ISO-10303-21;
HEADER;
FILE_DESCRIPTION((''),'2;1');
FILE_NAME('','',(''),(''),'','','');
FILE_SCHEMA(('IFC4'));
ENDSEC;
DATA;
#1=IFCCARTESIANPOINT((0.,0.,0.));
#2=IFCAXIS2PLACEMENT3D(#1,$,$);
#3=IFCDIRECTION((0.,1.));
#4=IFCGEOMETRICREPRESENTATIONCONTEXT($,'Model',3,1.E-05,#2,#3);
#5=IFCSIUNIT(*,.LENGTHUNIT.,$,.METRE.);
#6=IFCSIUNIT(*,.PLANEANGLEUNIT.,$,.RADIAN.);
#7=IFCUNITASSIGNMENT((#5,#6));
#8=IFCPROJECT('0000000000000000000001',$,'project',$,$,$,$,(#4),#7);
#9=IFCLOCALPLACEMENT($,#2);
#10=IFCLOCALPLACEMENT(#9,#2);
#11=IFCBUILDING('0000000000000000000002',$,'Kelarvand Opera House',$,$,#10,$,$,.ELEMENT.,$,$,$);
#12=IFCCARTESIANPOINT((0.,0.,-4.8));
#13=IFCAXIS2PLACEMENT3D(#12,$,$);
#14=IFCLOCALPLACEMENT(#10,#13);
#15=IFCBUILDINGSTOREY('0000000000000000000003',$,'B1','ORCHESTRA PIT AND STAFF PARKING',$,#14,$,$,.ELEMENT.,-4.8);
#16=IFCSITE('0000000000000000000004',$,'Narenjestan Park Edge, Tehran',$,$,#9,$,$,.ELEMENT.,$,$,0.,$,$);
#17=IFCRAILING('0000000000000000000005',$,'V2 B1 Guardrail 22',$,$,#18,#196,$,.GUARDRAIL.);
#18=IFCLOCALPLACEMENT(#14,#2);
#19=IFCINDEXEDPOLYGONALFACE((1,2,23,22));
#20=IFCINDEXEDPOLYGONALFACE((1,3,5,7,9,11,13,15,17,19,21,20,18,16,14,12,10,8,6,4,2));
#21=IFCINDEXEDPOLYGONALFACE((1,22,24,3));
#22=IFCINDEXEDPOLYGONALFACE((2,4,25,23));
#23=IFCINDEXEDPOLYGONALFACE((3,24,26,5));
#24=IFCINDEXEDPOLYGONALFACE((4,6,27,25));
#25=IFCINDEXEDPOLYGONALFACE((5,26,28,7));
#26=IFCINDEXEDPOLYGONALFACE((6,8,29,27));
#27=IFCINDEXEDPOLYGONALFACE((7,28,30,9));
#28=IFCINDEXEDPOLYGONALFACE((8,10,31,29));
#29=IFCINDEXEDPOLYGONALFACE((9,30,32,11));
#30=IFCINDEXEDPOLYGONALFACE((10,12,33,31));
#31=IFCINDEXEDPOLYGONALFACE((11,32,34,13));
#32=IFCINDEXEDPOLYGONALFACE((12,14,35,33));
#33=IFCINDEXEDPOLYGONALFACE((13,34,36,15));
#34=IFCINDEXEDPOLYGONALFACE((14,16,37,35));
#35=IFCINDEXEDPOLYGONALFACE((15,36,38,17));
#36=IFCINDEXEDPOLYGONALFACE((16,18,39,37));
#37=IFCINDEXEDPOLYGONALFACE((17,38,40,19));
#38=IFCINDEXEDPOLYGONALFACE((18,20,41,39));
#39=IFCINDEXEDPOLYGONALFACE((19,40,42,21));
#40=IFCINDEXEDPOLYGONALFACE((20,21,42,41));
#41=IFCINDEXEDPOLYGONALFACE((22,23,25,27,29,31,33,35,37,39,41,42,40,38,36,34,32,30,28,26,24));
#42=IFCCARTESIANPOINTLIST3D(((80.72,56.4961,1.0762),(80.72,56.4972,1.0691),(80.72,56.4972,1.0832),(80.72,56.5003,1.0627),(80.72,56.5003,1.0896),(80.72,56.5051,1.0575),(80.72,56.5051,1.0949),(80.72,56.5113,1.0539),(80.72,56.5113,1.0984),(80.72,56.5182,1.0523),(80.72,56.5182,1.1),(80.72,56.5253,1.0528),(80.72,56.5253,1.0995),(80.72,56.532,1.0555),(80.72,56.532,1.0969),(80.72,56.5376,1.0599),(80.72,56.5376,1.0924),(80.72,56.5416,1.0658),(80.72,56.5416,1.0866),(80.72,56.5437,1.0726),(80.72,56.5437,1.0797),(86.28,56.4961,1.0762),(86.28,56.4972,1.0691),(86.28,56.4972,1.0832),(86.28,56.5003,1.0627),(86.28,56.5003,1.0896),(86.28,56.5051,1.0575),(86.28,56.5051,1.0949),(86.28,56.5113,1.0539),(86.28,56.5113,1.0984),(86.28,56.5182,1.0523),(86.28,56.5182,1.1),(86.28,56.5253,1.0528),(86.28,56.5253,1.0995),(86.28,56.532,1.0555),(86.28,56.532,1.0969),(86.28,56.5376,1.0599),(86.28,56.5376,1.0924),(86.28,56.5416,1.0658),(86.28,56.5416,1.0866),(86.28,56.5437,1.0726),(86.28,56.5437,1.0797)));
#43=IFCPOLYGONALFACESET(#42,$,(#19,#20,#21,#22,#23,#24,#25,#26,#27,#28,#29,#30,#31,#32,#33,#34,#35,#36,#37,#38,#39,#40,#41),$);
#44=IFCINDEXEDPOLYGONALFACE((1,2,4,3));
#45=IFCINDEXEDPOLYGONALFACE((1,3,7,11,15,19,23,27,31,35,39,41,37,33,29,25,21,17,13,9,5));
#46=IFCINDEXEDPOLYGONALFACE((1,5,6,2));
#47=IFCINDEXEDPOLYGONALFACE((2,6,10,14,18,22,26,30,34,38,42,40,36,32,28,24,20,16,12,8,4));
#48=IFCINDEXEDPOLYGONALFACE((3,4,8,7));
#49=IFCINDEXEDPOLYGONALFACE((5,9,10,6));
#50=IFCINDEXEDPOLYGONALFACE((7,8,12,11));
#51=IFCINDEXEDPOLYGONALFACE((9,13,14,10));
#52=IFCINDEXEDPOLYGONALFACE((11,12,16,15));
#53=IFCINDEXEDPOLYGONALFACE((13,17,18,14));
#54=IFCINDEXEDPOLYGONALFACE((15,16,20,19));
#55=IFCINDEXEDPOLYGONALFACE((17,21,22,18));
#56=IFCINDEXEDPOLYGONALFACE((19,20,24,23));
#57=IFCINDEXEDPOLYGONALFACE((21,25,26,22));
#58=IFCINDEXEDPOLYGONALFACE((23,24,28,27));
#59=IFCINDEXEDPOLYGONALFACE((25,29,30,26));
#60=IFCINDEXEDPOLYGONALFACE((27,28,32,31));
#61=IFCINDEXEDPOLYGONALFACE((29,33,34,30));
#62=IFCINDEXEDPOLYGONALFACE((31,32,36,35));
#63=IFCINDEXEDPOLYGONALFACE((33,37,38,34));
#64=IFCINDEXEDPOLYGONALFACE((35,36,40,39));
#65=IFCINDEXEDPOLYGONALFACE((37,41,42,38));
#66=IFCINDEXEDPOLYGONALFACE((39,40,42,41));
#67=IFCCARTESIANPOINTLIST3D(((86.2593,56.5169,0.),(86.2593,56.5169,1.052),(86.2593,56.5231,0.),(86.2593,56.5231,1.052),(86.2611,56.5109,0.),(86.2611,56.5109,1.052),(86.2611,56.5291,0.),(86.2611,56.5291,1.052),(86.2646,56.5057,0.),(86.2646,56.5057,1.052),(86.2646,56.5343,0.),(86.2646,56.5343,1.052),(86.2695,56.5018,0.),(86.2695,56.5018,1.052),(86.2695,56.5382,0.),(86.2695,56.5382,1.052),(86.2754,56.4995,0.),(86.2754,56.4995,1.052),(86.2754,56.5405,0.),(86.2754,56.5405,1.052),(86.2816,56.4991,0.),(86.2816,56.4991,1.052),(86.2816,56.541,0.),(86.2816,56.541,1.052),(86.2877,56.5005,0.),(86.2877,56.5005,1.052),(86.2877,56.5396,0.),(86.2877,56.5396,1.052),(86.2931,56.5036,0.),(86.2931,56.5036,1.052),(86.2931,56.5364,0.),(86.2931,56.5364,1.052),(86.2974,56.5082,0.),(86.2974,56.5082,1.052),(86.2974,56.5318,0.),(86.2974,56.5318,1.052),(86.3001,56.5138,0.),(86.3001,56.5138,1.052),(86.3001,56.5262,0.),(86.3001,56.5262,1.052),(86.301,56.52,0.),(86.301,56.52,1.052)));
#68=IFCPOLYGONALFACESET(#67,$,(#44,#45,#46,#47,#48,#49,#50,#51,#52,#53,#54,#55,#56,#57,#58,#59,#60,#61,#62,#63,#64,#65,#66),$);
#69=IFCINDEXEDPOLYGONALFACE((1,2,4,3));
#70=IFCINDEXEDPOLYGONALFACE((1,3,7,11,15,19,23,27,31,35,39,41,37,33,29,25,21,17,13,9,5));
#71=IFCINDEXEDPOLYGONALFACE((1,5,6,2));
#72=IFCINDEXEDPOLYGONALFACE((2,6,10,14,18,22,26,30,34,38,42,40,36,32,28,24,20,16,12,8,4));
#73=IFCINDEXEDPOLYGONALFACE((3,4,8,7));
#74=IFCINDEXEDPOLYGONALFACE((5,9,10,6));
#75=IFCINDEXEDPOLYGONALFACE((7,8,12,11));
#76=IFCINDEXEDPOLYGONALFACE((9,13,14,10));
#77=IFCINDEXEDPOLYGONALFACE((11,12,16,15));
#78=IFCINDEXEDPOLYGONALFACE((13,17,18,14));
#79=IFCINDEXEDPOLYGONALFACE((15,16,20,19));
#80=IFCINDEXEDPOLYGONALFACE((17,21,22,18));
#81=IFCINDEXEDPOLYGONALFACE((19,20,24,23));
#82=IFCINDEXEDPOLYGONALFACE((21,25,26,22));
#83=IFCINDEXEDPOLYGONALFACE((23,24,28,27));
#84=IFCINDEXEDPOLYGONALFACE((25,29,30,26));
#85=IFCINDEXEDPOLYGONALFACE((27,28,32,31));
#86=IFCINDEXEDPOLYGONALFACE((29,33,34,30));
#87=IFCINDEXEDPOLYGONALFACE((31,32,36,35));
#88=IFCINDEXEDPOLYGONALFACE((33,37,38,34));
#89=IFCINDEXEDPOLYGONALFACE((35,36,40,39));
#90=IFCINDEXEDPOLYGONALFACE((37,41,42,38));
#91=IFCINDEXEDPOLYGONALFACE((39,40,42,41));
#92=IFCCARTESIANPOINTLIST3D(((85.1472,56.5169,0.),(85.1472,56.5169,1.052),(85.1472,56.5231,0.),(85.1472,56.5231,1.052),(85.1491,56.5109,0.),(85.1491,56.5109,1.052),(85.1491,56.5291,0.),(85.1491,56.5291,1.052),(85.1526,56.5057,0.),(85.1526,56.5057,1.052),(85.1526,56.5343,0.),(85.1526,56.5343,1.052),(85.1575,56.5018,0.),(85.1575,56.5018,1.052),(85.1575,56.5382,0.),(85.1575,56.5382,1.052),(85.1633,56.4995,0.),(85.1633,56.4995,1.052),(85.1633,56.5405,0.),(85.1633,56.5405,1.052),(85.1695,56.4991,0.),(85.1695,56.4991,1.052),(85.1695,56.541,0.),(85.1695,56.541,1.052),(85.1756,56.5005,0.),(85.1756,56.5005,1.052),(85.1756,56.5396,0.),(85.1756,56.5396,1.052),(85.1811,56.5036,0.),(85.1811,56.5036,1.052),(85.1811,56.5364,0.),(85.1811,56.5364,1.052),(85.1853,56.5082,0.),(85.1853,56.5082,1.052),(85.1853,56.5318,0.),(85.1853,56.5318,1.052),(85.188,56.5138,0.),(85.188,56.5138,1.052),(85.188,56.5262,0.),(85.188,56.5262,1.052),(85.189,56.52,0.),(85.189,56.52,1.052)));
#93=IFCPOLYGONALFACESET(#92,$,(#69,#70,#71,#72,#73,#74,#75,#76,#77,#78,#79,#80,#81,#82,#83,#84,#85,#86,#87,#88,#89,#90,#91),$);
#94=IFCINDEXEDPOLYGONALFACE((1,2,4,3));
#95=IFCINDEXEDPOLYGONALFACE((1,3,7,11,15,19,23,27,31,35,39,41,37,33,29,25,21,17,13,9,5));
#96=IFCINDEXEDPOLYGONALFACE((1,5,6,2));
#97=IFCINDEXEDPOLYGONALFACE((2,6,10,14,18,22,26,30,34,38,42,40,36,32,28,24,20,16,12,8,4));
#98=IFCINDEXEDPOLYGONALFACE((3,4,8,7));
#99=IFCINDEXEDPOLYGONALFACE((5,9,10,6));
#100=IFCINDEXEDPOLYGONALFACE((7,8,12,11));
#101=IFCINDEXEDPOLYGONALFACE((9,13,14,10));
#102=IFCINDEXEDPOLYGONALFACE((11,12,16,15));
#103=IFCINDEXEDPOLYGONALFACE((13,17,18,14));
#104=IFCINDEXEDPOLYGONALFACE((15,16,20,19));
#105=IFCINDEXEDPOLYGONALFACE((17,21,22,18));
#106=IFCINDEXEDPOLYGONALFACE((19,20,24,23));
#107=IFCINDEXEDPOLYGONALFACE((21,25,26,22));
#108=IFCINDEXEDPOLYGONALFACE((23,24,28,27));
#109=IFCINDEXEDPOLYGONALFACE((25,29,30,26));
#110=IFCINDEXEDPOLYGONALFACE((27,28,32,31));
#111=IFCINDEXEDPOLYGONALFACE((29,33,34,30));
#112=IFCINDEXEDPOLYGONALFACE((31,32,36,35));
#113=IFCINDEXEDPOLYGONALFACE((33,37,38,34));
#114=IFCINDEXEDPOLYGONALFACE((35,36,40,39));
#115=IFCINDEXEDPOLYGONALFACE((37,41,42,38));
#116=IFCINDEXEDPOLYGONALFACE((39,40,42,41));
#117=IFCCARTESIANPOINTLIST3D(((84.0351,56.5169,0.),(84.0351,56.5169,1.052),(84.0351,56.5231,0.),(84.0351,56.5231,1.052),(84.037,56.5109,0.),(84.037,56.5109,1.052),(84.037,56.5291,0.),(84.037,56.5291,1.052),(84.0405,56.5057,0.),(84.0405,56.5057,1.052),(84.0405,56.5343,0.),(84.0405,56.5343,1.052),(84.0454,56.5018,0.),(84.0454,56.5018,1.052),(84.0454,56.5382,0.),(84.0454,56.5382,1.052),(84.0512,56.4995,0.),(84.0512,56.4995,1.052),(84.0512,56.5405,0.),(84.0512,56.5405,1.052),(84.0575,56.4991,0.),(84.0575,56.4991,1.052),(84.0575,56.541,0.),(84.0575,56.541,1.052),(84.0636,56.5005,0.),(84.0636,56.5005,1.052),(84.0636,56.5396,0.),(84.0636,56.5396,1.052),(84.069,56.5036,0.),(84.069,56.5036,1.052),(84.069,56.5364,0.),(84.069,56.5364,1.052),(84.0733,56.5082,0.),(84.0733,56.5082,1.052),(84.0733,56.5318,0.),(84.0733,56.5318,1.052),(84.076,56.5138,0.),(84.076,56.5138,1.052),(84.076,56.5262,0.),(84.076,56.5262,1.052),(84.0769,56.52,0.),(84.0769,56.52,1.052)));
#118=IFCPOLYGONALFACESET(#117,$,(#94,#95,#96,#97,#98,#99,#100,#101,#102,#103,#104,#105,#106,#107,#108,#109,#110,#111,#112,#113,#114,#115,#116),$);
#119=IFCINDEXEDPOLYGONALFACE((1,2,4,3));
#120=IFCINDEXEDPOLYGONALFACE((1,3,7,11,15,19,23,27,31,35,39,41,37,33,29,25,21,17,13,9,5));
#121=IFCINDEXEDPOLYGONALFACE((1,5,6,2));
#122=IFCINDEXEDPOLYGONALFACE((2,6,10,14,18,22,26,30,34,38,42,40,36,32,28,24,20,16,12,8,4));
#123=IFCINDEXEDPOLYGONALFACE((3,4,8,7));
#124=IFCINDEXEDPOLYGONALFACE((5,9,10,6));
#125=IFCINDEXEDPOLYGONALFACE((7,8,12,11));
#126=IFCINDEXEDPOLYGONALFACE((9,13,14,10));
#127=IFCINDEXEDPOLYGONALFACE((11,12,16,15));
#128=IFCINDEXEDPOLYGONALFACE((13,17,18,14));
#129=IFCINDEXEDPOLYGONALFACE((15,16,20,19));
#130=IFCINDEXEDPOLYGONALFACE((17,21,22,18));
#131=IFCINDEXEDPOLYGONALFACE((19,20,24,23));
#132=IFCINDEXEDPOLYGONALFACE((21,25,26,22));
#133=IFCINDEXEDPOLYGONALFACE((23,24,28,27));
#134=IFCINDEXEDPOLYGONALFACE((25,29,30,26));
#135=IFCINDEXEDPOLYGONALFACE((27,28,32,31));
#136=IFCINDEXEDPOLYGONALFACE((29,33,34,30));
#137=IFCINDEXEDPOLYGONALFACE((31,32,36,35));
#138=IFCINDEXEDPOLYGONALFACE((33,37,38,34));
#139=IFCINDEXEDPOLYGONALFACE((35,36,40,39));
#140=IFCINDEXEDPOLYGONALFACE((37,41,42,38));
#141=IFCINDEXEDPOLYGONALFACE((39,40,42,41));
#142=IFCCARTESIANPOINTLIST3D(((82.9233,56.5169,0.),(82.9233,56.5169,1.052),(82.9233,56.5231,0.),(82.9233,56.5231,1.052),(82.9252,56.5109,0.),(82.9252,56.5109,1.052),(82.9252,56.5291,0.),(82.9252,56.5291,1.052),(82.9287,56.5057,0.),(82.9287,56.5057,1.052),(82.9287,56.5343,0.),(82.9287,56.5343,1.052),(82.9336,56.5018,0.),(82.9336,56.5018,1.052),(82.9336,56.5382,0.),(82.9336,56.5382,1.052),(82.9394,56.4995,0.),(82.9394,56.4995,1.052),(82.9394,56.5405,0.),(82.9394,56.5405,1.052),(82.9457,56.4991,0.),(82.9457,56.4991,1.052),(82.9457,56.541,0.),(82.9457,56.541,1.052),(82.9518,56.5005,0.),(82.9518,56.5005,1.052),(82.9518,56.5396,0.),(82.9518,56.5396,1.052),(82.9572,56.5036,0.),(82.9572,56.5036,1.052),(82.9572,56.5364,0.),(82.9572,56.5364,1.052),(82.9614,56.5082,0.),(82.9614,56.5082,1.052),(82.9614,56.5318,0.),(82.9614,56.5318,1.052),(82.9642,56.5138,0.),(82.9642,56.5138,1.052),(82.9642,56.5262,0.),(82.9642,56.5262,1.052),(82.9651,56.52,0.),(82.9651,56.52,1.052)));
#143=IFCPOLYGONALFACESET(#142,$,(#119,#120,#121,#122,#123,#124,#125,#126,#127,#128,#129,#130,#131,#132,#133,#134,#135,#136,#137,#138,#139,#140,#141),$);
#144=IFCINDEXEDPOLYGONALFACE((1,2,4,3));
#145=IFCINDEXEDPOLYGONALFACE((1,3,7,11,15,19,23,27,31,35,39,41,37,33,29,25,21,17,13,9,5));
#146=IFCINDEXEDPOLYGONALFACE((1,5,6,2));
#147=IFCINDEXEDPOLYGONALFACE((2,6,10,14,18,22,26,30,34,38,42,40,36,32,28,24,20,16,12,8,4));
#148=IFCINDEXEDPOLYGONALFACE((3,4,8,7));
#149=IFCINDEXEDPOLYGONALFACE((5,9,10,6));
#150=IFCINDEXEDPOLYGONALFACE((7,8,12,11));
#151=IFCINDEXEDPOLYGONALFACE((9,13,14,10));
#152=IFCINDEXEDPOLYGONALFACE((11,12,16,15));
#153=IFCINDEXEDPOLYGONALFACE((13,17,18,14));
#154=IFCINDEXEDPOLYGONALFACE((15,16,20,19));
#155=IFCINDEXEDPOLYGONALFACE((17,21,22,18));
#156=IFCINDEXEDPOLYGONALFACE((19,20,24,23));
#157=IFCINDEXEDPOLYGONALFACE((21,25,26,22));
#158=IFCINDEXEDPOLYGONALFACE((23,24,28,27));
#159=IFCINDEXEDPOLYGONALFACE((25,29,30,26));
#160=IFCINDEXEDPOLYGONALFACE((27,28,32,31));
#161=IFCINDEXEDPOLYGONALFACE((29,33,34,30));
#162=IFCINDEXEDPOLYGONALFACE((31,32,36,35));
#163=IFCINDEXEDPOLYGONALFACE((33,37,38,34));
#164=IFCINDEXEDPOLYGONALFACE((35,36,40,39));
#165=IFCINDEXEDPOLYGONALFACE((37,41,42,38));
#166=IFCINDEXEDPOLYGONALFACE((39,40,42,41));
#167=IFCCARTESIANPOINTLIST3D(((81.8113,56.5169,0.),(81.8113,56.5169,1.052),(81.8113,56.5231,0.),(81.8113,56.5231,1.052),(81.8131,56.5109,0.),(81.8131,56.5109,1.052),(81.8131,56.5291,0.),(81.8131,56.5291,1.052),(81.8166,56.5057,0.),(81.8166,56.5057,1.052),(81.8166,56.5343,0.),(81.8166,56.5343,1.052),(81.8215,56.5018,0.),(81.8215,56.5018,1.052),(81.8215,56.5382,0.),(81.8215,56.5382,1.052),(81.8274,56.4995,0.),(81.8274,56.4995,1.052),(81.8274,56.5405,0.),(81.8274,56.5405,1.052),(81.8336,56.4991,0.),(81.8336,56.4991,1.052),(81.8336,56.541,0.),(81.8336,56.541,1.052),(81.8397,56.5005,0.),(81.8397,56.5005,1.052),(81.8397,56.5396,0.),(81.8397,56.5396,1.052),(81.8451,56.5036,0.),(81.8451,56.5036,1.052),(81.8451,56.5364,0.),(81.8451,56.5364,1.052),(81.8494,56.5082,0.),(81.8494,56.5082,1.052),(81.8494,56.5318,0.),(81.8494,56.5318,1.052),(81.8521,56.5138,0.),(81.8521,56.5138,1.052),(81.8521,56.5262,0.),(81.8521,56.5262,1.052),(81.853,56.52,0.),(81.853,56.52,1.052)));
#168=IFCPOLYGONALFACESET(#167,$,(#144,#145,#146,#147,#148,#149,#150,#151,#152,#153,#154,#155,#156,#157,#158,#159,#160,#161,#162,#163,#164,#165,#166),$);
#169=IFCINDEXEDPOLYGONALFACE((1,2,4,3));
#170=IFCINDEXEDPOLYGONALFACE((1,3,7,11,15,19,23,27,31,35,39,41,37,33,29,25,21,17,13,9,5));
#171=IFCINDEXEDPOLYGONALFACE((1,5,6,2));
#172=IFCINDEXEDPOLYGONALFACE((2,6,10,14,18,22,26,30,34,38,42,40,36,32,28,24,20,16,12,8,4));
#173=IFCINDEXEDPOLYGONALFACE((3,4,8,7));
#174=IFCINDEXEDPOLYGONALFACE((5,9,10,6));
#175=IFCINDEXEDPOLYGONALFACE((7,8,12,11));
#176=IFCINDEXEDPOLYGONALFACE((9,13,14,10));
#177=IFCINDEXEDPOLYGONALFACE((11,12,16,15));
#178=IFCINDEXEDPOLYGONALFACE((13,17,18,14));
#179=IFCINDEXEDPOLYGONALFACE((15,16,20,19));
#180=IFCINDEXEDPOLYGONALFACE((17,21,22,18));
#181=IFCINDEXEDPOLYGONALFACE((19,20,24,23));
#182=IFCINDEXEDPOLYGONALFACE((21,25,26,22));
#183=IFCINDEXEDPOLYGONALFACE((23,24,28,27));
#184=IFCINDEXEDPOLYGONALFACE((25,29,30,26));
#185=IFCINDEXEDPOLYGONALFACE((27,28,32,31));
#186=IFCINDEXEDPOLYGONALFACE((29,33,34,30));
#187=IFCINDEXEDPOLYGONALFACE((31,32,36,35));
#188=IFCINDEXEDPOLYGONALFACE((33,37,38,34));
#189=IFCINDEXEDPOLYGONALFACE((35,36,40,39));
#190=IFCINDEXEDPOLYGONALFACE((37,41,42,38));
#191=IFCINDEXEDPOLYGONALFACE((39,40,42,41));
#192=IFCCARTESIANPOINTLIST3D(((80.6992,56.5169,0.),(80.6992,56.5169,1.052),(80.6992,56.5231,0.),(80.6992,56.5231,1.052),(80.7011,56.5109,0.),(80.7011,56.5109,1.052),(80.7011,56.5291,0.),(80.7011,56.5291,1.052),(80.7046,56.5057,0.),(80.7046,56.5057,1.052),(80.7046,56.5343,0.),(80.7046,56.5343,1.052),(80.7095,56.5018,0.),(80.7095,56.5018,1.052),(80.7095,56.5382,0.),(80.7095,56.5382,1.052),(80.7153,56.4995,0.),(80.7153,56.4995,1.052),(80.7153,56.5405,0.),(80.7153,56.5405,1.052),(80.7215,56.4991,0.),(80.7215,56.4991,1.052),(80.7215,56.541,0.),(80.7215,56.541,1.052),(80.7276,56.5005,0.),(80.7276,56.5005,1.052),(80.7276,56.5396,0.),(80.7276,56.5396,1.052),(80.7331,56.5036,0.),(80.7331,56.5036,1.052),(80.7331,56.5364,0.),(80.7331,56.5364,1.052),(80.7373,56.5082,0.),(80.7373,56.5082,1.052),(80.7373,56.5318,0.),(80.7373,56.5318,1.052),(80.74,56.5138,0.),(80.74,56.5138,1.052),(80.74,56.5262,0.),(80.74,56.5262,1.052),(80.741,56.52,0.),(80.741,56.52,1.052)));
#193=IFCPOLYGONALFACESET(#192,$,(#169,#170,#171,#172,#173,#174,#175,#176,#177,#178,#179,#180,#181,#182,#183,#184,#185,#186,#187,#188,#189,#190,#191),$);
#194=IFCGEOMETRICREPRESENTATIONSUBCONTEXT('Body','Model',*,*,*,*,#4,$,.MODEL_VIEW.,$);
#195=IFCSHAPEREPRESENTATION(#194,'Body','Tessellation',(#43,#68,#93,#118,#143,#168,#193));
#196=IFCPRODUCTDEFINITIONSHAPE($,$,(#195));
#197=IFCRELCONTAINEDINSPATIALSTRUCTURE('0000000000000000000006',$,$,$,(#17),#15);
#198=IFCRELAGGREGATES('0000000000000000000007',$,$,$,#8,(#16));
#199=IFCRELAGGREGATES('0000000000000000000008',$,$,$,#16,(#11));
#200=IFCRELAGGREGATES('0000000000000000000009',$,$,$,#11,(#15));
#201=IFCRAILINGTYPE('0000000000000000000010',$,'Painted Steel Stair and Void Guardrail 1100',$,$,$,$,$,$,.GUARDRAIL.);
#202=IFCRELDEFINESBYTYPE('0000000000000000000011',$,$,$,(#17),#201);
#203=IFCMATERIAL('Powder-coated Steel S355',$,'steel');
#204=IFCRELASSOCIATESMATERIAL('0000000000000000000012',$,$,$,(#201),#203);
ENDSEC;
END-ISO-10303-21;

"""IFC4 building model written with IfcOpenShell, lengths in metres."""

from ifc_helpers import new_model, si_unit, direction, frame, origin, origin_2d, place, context, subcontext, project, spatial, circle, extrude, material, type_object, element, save


model = new_model("IFC4")

# Units and contexts
model_context = context("Model", 3, precision=1e-05, world=origin(), true_north=direction((0.0, 1.0)))
body_context = subcontext(model_context, "Body", "Model", "MODEL_VIEW")
ifc_project = project(units=[si_unit("LENGTHUNIT", "METRE"), si_unit("PLANEANGLEUNIT", "RADIAN")], contexts=[model_context])

# Site, building, storey
site_placement = place(None, origin())
site = spatial("IfcSite", under=ifc_project, at=site_placement, Name="Narenjestan Park Edge, Tehran", CompositionType="ELEMENT", RefElevation=0.0)
building_placement = place(site_placement, origin())
building = spatial("IfcBuilding", under=site, at=building_placement, Name="Kelarvand Opera House", CompositionType="ELEMENT")
storey_placement = place(building_placement, frame((0.0, 0.0, -4.8)))
storey = spatial("IfcBuildingStorey", under=building, at=storey_placement, Name="B1", Description="ORCHESTRA PIT AND STAFF PARKING", CompositionType="ELEMENT", Elevation=-4.8)

# Railing
ifc_material_1 = material(Name="Powder-coated Steel S355", Category="steel")
railing_type = type_object("IfcRailingType", Name="Painted Steel Stair and Void Guardrail 1100", PredefinedType="GUARDRAIL", material=ifc_material_1)
railing_1_placement = place(storey_placement, frame((86.28, 56.52, 0.0)))
element("IfcRailing", 1, at=railing_1_placement, inside=storey, type_object=railing_type, Name="V2 B1 Guardrail 22", PredefinedType="GUARDRAIL", context=body_context, shape_type="SweptSolid", body=[
    extrude(circle(Radius=0.0239, at=origin_2d()), frame((0.0, 0.0, 1.0762), z_axis=(-1.0, 0.0, 0.0), x_axis=(0.0, -1.0, 0.0)), (0.0, 0.0, 1.0), 5.5601),
    extrude(circle(Radius=0.021, at=origin_2d()), origin(), (0.0, 0.0, 1.0), 1.052),
    extrude(circle(Radius=0.021, at=origin_2d()), frame((-1.1121, 0.0, 0.0)), (0.0, 0.0, 1.0), 1.052),
    extrude(circle(Radius=0.021, at=origin_2d()), frame((-2.2241, 0.0, 0.0)), (0.0, 0.0, 1.0), 1.052),
    extrude(circle(Radius=0.021, at=origin_2d()), frame((-3.3359, 0.0, 0.0)), (0.0, 0.0, 1.0), 1.052),
    extrude(circle(Radius=0.021, at=origin_2d()), frame((-4.448, 0.0, 0.0)), (0.0, 0.0, 1.0), 1.052),
    extrude(circle(Radius=0.021, at=origin_2d()), frame((-5.5601, 0.0, 0.0)), (0.0, 0.0, 1.0), 1.052),
])

save(model, "model.ifc")
